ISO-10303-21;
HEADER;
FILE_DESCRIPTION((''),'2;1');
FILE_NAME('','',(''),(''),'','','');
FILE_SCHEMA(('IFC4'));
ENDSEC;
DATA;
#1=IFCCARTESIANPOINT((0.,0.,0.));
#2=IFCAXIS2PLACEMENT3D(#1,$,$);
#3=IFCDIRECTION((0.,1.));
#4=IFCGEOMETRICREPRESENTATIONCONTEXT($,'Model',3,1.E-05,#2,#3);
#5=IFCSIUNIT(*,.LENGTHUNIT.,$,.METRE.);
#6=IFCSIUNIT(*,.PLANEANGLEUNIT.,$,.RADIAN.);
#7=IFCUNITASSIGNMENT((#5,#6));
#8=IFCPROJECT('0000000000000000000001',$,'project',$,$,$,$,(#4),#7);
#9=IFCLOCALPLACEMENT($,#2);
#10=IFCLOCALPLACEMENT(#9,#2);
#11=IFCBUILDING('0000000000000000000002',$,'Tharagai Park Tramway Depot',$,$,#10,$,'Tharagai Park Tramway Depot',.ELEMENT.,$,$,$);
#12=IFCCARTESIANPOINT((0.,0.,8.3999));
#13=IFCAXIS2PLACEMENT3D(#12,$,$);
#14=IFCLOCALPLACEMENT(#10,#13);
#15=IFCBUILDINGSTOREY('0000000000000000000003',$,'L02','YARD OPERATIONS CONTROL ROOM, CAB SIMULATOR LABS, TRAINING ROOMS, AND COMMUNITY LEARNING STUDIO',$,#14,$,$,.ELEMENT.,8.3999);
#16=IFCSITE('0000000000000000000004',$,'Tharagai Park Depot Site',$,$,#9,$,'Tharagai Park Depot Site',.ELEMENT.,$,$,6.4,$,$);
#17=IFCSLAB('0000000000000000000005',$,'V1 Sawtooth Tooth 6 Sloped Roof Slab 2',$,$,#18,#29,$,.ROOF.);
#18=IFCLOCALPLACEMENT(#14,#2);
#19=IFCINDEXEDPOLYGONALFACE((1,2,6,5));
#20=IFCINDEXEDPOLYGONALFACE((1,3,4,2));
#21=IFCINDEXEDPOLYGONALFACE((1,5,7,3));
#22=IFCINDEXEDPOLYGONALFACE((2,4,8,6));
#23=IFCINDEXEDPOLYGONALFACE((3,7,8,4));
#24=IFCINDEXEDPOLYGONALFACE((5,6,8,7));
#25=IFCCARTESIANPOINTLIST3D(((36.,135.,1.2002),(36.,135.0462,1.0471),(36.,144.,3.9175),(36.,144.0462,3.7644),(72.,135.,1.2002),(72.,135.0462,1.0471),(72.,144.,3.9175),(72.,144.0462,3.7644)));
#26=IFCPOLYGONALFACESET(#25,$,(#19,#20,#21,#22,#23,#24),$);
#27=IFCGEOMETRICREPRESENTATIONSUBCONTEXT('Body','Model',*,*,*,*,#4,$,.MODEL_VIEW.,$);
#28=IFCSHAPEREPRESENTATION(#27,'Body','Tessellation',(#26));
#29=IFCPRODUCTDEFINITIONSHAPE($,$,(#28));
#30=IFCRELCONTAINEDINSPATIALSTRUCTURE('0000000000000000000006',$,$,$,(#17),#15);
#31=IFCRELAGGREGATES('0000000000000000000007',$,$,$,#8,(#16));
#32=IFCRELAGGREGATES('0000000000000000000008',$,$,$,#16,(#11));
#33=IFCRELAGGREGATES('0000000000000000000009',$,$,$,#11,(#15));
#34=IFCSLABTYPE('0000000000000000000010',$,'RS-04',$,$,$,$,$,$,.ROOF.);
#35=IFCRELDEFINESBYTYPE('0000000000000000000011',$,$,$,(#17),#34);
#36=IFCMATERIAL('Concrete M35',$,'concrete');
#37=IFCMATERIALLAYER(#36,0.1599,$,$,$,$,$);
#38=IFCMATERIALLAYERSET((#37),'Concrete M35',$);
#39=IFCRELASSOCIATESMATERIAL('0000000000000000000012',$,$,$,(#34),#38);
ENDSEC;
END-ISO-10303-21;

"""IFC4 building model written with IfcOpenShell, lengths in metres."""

from ifc_helpers import new_model, si_unit, direction, frame, origin, place, context, subcontext, project, spatial, polyline, outline, extrude, material, layer, layer_set, type_object, element, save


model = new_model("IFC4")

# Units and contexts
model_context = context("Model", 3, precision=1e-05, world=origin(), true_north=direction((0.0, 1.0)))
body_context = subcontext(model_context, "Body", "Model", "MODEL_VIEW")
ifc_project = project(units=[si_unit("LENGTHUNIT", "METRE"), si_unit("PLANEANGLEUNIT", "RADIAN")], contexts=[model_context])

# Site, building, storey
site_placement = place(None, origin())
site = spatial("IfcSite", under=ifc_project, at=site_placement, Name="Tharagai Park Depot Site", LongName="Tharagai Park Depot Site", CompositionType="ELEMENT", RefElevation=6.4)
building_placement = place(site_placement, origin())
building = spatial("IfcBuilding", under=site, at=building_placement, Name="Tharagai Park Tramway Depot", LongName="Tharagai Park Tramway Depot", CompositionType="ELEMENT")
storey_placement = place(building_placement, frame((0.0, 0.0, 8.3999)))
storey = spatial("IfcBuildingStorey", under=building, at=storey_placement, Name="L02", Description="YARD OPERATIONS CONTROL ROOM, CAB SIMULATOR LABS, TRAINING ROOMS, AND COMMUNITY LEARNING STUDIO", CompositionType="ELEMENT", Elevation=8.3999)

# Slab
ifc_material_1 = material(Name="Concrete M35", Category="concrete")
ifc_layer_1 = layer(ifc_material_1, 0.1599)
ifc_layer_set_1 = layer_set([ifc_layer_1], Name="Concrete M35")
slab_type = type_object("IfcSlabType", Name="RS-04", PredefinedType="ROOF", material=ifc_layer_set_1)
slab_placement = place(storey_placement, frame((36.0, 135.0, 1.2002), z_axis=(0.0, -0.289034, 0.957319), x_axis=(1.0, 0.0, 0.0)))
element("IfcSlab", 1, at=slab_placement, inside=storey, type_object=slab_type, Name="V1 Sawtooth Tooth 6 Sloped Roof Slab 2", PredefinedType="ROOF", context=body_context, shape_type="SweptSolid", body=[
    extrude(outline(polyline([(0.0, 0.0), (36.0, 0.0), (36.0, 9.4013), (0.0, 9.4013), (0.0, 0.0)])), origin(), (0.0, 0.0, -1.0), 0.1599),
])

save(model, "model.ifc")
